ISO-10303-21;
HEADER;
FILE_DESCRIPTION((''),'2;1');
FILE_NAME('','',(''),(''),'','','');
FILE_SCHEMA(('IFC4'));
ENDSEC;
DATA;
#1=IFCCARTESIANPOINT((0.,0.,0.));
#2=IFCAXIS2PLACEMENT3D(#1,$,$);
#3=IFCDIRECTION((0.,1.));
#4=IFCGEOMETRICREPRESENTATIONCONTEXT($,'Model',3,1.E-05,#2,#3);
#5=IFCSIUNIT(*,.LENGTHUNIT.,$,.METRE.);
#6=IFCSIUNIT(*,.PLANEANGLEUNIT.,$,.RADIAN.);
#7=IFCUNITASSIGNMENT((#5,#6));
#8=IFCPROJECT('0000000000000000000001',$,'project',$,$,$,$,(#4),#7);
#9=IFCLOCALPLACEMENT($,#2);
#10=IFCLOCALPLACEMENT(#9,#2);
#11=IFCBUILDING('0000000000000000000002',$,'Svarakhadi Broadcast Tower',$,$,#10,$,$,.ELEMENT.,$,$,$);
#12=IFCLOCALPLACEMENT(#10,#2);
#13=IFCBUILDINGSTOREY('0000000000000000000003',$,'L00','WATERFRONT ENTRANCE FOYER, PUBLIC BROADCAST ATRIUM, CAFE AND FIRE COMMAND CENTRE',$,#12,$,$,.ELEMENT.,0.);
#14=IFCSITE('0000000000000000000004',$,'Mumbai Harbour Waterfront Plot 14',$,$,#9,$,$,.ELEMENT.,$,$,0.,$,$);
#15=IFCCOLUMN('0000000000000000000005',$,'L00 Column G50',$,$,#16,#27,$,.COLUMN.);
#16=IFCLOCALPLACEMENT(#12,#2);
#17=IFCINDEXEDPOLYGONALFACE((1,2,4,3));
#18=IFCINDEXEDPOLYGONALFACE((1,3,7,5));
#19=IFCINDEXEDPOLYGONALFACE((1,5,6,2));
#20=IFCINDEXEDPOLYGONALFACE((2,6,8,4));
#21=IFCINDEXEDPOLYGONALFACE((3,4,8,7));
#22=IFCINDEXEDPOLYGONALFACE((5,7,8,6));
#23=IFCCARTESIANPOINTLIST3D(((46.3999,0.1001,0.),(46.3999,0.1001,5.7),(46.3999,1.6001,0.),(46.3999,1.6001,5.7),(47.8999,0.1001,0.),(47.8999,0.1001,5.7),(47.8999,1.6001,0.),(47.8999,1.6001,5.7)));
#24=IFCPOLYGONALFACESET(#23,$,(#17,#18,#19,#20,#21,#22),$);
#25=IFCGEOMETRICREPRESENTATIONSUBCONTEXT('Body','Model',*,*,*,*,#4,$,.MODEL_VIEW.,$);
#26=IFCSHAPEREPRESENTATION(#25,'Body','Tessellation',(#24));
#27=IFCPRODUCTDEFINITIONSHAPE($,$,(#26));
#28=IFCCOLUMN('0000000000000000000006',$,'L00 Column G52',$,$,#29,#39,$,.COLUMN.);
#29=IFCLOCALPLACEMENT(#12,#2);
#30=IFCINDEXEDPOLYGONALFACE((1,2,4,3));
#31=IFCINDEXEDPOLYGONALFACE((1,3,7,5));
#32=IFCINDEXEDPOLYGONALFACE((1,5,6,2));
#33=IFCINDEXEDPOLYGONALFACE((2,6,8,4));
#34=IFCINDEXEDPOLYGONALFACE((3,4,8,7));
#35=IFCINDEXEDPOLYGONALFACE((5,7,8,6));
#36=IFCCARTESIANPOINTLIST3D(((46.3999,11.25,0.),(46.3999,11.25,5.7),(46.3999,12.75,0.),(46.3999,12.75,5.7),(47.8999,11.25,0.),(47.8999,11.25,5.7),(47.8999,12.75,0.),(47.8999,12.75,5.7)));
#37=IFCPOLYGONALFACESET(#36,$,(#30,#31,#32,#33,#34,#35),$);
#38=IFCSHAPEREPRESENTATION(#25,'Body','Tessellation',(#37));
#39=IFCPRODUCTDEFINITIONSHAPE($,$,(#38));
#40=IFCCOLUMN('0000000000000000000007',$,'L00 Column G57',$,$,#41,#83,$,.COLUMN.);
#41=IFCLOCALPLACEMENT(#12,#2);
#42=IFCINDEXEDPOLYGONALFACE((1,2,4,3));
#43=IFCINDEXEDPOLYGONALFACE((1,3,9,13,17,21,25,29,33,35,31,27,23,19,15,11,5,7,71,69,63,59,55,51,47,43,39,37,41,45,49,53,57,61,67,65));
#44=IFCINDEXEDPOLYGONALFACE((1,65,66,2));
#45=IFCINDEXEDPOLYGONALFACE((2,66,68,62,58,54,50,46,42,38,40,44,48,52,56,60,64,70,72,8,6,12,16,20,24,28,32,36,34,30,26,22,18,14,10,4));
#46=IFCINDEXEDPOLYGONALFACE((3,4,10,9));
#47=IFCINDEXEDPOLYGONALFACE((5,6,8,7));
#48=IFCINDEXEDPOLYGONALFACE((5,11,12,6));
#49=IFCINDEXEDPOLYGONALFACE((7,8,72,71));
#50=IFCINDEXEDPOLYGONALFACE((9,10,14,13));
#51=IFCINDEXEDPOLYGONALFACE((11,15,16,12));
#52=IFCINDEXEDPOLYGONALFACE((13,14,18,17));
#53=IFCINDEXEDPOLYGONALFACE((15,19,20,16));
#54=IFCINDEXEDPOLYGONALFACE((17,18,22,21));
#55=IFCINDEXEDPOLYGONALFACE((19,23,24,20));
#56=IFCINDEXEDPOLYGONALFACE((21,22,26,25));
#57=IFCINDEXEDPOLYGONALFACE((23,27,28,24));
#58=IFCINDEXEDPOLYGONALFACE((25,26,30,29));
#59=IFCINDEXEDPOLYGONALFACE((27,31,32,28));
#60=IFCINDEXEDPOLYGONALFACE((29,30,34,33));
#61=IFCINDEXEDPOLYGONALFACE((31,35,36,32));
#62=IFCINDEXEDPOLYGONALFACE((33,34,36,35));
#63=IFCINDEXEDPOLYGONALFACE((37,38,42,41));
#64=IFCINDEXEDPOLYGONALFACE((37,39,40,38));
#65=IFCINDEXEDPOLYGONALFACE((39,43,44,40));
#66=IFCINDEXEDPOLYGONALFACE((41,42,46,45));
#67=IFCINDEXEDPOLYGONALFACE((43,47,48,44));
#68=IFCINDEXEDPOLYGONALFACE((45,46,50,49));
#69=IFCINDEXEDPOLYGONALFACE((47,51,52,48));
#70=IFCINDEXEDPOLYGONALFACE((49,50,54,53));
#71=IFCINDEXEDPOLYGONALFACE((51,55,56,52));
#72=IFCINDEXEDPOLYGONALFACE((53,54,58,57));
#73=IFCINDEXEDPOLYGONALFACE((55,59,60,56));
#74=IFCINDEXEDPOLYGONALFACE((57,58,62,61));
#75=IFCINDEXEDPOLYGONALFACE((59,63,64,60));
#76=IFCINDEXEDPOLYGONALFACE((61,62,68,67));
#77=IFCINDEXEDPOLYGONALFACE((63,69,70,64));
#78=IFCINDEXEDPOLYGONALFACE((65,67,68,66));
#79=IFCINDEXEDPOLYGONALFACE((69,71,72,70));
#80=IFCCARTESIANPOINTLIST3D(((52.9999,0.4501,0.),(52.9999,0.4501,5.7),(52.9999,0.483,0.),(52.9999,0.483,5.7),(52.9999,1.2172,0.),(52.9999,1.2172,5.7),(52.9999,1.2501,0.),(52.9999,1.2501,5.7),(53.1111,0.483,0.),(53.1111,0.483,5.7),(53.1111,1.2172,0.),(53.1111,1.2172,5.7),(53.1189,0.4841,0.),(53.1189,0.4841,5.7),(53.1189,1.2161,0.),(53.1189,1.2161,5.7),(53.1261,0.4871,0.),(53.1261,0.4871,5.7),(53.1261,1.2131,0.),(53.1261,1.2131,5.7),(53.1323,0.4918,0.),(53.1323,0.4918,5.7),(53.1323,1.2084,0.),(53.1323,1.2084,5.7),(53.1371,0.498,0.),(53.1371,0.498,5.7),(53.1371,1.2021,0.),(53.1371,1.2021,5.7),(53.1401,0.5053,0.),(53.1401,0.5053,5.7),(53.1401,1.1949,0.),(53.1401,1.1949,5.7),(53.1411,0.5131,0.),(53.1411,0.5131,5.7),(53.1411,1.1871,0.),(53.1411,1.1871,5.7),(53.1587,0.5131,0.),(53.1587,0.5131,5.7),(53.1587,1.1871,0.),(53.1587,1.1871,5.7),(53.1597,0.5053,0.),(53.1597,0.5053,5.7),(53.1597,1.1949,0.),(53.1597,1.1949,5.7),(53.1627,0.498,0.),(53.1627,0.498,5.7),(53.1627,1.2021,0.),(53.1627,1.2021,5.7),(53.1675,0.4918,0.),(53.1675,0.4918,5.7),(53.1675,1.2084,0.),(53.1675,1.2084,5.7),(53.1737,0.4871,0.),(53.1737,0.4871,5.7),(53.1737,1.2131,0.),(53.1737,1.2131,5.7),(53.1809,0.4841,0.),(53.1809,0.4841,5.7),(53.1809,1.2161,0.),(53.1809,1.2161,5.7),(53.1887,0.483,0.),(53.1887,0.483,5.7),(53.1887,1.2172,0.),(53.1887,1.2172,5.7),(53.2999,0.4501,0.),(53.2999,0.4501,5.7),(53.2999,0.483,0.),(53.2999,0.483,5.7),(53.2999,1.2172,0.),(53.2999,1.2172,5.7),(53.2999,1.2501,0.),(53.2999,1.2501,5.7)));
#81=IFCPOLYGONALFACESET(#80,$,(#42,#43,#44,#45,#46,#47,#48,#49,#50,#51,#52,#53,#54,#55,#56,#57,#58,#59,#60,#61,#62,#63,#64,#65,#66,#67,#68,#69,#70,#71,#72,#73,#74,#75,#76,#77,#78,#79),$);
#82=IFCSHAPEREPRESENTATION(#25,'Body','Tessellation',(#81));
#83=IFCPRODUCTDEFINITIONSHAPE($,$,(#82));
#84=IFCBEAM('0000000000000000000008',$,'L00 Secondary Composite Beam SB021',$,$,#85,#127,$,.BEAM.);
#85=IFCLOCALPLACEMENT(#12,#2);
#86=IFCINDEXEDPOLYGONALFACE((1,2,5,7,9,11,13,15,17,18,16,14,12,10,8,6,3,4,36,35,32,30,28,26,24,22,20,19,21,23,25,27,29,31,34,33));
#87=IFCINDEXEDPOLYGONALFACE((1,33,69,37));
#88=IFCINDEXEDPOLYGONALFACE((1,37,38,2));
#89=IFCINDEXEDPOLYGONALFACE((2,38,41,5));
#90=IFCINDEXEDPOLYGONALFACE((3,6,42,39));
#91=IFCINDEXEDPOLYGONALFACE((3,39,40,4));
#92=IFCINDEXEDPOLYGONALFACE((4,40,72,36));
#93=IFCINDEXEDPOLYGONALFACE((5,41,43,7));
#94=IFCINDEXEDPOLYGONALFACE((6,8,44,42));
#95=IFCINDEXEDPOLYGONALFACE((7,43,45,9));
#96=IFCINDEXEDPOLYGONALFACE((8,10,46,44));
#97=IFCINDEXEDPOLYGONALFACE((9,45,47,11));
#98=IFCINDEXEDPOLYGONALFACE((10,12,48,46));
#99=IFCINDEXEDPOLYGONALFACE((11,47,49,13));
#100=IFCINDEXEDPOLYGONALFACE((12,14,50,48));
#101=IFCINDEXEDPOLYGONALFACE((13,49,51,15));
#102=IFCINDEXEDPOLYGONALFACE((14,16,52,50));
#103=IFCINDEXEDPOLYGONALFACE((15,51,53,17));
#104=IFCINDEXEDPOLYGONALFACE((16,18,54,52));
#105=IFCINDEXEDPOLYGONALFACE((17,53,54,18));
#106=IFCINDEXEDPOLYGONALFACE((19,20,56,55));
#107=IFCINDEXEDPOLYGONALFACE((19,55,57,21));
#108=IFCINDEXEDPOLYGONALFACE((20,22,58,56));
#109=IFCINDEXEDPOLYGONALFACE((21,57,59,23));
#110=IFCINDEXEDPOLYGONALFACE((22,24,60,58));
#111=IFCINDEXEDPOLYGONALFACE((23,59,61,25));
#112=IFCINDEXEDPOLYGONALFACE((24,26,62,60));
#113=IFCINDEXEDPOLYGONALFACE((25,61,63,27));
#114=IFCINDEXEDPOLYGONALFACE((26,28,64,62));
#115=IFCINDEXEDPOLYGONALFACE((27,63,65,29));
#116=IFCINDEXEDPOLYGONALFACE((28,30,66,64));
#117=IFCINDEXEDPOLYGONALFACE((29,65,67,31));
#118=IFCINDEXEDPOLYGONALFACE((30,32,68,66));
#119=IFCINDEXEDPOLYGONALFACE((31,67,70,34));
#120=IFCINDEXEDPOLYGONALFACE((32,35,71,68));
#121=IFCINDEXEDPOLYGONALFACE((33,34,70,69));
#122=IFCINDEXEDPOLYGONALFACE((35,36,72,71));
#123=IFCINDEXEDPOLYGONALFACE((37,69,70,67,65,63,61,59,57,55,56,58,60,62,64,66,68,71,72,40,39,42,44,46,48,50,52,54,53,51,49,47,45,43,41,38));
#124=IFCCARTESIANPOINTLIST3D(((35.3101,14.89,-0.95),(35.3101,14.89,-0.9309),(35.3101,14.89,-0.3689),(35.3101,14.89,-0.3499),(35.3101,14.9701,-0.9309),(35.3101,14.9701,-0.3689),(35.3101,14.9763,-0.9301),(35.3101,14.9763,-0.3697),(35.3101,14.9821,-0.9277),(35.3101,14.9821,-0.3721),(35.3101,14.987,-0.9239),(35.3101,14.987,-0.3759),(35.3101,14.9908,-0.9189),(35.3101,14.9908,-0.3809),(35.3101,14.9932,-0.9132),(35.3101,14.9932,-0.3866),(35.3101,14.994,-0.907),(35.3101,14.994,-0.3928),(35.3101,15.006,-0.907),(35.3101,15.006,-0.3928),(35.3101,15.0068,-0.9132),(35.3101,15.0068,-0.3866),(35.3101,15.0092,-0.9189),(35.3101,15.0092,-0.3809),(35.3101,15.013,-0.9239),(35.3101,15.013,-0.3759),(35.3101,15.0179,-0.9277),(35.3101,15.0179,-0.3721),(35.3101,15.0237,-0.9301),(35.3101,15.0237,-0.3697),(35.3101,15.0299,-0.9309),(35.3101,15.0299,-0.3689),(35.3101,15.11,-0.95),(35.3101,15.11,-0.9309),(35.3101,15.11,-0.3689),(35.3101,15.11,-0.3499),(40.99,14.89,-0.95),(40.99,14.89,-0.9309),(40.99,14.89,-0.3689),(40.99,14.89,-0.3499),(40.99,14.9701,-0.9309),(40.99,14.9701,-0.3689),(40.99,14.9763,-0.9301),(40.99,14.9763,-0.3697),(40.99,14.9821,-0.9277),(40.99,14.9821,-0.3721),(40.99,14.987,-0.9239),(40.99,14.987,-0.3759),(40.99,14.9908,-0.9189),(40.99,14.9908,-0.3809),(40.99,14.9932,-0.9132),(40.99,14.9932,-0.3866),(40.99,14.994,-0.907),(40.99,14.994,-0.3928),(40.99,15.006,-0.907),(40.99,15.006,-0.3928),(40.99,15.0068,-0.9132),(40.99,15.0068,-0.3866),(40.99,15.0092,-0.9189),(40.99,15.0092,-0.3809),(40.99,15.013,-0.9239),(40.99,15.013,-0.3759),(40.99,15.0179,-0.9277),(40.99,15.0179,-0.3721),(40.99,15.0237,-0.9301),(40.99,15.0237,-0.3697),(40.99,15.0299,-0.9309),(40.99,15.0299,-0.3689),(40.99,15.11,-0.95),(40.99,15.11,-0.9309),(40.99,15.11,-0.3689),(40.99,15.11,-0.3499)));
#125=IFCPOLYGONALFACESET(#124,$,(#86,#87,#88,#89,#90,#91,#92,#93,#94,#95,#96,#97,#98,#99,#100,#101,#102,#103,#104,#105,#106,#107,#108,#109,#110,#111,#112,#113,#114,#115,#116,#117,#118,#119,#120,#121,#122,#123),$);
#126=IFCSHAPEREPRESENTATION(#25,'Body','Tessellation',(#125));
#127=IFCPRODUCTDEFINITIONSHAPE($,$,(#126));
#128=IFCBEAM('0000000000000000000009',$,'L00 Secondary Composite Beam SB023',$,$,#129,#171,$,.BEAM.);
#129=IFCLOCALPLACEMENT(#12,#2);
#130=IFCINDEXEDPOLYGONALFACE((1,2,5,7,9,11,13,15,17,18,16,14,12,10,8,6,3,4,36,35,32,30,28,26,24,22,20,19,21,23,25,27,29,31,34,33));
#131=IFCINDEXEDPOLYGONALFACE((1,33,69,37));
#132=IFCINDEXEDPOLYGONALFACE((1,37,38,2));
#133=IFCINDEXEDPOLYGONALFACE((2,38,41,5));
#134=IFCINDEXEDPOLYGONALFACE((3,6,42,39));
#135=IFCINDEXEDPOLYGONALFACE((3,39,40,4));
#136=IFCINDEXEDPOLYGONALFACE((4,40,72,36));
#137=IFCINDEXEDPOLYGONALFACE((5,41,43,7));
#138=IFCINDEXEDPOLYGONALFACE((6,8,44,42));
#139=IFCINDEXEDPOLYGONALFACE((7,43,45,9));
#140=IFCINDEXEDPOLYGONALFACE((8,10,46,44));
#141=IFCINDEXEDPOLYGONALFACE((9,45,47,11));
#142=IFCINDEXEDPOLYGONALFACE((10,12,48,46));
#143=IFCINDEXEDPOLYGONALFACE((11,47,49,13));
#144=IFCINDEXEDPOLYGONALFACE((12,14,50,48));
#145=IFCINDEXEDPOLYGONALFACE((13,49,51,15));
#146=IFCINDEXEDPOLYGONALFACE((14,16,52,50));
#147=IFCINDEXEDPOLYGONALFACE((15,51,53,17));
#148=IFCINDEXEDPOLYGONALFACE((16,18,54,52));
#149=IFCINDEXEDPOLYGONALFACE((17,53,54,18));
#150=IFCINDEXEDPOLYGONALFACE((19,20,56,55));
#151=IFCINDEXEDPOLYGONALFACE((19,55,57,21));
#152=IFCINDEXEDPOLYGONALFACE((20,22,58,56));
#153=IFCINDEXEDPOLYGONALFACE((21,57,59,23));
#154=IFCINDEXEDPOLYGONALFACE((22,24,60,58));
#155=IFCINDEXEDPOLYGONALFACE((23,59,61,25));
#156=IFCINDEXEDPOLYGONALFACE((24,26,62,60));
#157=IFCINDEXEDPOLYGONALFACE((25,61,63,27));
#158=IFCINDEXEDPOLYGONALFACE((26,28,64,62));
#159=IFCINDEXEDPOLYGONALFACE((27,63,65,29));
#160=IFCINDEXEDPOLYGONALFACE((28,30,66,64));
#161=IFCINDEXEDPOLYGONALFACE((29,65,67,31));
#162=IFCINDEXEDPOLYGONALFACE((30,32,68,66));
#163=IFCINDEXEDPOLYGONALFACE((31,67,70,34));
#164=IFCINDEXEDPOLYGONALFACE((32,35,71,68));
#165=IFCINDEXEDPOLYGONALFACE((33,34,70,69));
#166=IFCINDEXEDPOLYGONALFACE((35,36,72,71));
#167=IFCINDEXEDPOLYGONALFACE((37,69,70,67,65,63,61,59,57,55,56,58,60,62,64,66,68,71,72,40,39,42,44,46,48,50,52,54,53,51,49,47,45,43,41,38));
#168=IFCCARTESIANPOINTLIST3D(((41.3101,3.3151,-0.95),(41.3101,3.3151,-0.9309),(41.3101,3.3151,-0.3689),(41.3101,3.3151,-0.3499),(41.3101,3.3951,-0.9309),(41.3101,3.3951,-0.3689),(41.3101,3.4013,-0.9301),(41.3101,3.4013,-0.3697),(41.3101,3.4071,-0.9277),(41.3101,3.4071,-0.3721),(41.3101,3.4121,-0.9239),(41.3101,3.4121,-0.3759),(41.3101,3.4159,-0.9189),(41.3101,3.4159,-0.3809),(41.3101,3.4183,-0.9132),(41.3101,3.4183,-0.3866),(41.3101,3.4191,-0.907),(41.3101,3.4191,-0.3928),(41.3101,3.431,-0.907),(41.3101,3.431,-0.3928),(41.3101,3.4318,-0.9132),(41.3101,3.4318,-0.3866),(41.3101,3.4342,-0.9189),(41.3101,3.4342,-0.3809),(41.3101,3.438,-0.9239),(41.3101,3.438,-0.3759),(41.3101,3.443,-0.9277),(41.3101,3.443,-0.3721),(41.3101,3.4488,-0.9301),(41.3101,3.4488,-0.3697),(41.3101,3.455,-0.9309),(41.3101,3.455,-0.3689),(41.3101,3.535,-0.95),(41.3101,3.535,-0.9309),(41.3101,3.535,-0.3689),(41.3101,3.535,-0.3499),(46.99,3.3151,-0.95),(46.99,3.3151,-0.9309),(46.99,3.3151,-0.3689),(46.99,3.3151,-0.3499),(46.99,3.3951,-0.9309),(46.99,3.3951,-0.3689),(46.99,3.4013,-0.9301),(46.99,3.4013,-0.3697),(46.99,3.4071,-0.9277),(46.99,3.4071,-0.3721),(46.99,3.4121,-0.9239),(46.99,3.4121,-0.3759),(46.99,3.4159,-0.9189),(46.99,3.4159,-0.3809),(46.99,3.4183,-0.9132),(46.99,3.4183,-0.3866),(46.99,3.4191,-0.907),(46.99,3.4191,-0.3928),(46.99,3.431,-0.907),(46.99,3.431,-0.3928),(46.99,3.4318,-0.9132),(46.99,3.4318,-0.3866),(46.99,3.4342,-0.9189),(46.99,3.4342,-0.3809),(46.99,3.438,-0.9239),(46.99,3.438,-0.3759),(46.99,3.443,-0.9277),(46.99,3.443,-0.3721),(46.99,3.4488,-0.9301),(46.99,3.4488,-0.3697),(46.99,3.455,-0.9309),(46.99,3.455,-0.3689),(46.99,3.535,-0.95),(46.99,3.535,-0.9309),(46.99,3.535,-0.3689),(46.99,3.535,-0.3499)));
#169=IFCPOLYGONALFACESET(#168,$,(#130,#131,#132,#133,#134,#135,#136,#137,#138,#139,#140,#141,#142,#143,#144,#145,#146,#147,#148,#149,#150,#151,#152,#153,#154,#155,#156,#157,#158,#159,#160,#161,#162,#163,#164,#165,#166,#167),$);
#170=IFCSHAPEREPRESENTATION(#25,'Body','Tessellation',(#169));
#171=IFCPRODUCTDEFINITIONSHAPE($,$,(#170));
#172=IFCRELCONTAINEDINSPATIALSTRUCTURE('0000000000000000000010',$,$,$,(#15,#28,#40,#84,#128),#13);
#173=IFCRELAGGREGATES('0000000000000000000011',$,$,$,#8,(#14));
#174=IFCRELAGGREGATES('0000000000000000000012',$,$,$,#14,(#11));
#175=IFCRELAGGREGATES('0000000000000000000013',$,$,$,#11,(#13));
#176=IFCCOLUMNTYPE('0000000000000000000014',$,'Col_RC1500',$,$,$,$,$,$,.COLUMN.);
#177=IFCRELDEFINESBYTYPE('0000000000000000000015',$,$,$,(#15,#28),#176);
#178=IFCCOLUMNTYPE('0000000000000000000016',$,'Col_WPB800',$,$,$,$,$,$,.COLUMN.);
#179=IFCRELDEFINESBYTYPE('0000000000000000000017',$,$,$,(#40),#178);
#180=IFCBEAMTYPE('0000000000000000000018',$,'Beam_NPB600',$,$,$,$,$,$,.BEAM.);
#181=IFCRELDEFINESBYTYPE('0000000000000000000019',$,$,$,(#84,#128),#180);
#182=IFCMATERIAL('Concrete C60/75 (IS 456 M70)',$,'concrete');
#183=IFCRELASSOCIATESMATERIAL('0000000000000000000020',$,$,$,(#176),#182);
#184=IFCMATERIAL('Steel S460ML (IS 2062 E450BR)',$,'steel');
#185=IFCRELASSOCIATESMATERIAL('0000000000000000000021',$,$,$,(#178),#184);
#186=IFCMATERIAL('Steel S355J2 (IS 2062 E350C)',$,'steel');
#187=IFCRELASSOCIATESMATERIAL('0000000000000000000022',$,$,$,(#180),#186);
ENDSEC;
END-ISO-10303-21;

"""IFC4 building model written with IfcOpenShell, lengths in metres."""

from ifc_helpers import new_model, si_unit, direction, frame, origin, origin_2d, place, context, subcontext, project, spatial, rectangle, i_section, extrude, material, material_profile, profile_set, type_object, element, save


model = new_model("IFC4")

# Units and contexts
model_context = context("Model", 3, precision=1e-05, world=origin(), true_north=direction((0.0, 1.0)))
body_context = subcontext(model_context, "Body", "Model", "MODEL_VIEW")
ifc_project = project(units=[si_unit("LENGTHUNIT", "METRE"), si_unit("PLANEANGLEUNIT", "RADIAN")], contexts=[model_context])

# Site, building, storey
site_placement = place(None, origin())
site = spatial("IfcSite", under=ifc_project, at=site_placement, Name="Mumbai Harbour Waterfront Plot 14", CompositionType="ELEMENT", RefElevation=0.0)
building_placement = place(site_placement, origin())
building = spatial("IfcBuilding", under=site, at=building_placement, Name="Svarakhadi Broadcast Tower", CompositionType="ELEMENT")
storey_placement = place(building_placement, origin())
storey = spatial("IfcBuildingStorey", under=building, at=storey_placement, Name="L00", Description="WATERFRONT ENTRANCE FOYER, PUBLIC BROADCAST ATRIUM, CAFE AND FIRE COMMAND CENTRE", CompositionType="ELEMENT", Elevation=0.0)

# Columns
ifc_material_1 = material(Name="Steel S460ML (IS 2062 E450BR)", Category="steel")
ifc_material_2 = material(Name="Concrete C60/75 (IS 456 M70)", Category="concrete")
ifc_material_profile_1 = material_profile(ifc_material_2, rectangle(XDim=1.5, YDim=1.5, at=origin_2d()), Name="RC 1500x1500")
ifc_profile_set_1 = profile_set([ifc_material_profile_1], Name="Concrete C60/75 (IS 456 M70)")
column_type_1 = type_object("IfcColumnType", Name="Col_RC1500", PredefinedType="COLUMN", material=ifc_profile_set_1)
for number, where, z_axis, x_axis, name in (
    (1, (47.1499, 0.8501, 0.0), (0.0, 0.0, 1.0), (1.0, 0.0, 0.0), "L00 Column G50"),
    (2, (47.1499, 12.0, 0.0), (0.0, 0.0, 1.0), (1.0, 0.0, 0.0), "L00 Column G52"),
):
    element("IfcColumn", number, at=place(storey_placement, frame(where, z_axis=z_axis, x_axis=x_axis)), inside=storey, type_object=column_type_1, Name=name, PredefinedType="COLUMN", context=body_context, shape_type="SweptSolid", body=[
        extrude(rectangle(XDim=1.5, YDim=1.5, at=origin_2d()), origin(), (0.0, 0.0, 1.0), 5.7),
    ])
ifc_material_profile_2 = material_profile(ifc_material_1, i_section(OverallWidth=0.3, OverallDepth=0.8, WebThickness=0.0176, FlangeThickness=0.033, FilletRadius=0.03, at=origin_2d()), Name="WPB 800x300x262")
ifc_profile_set_2 = profile_set([ifc_material_profile_2], Name="Steel S460ML (IS 2062 E450BR)")
column_type_2 = type_object("IfcColumnType", Name="Col_WPB800", PredefinedType="COLUMN", material=ifc_profile_set_2)
column_placement = place(storey_placement, frame((53.1499, 0.8501, 0.0), z_axis=(0.0, 0.0, 1.0), x_axis=(1.0, 0.0, 0.0)))
element("IfcColumn", 3, at=column_placement, inside=storey, type_object=column_type_2, Name="L00 Column G57", PredefinedType="COLUMN", context=body_context, shape_type="SweptSolid", body=[
    extrude(i_section(OverallWidth=0.3, OverallDepth=0.8, WebThickness=0.0176, FlangeThickness=0.033, FilletRadius=0.03, at=origin_2d()), origin(), (0.0, 0.0, 1.0), 5.7),
])

# Beams
ifc_material_3 = material(Name="Steel S355J2 (IS 2062 E350C)", Category="steel")
ifc_material_profile_3 = material_profile(ifc_material_3, i_section(OverallWidth=0.22, OverallDepth=0.6001, WebThickness=0.012, FlangeThickness=0.019, FilletRadius=0.0239, at=origin_2d()), Name="NPB 600x220x122")
ifc_profile_set_3 = profile_set([ifc_material_profile_3], Name="Steel S355J2 (IS 2062 E350C)")
beam_type_1 = type_object("IfcBeamType", Name="Beam_NPB600", PredefinedType="BEAM", material=ifc_profile_set_3)
for number, where, z_axis, x_axis, name in (
    (4, (35.3101, 15.0, -0.6499), (1.0, 0.0, 0.0), (0.0, 1.0, 0.0), "L00 Secondary Composite Beam SB021"),
    (5, (41.3101, 3.425, -0.6499), (1.0, 0.0, 0.0), (0.0, 1.0, 0.0), "L00 Secondary Composite Beam SB023"),
):
    element("IfcBeam", number, at=place(storey_placement, frame(where, z_axis=z_axis, x_axis=x_axis)), inside=storey, type_object=beam_type_1, Name=name, PredefinedType="BEAM", context=body_context, shape_type="SweptSolid", body=[
        extrude(i_section(OverallWidth=0.22, OverallDepth=0.6001, WebThickness=0.012, FlangeThickness=0.019, FilletRadius=0.0239, at=origin_2d()), origin(), (0.0, 0.0, 1.0), 5.6799),
    ])

save(model, "model.ifc")
